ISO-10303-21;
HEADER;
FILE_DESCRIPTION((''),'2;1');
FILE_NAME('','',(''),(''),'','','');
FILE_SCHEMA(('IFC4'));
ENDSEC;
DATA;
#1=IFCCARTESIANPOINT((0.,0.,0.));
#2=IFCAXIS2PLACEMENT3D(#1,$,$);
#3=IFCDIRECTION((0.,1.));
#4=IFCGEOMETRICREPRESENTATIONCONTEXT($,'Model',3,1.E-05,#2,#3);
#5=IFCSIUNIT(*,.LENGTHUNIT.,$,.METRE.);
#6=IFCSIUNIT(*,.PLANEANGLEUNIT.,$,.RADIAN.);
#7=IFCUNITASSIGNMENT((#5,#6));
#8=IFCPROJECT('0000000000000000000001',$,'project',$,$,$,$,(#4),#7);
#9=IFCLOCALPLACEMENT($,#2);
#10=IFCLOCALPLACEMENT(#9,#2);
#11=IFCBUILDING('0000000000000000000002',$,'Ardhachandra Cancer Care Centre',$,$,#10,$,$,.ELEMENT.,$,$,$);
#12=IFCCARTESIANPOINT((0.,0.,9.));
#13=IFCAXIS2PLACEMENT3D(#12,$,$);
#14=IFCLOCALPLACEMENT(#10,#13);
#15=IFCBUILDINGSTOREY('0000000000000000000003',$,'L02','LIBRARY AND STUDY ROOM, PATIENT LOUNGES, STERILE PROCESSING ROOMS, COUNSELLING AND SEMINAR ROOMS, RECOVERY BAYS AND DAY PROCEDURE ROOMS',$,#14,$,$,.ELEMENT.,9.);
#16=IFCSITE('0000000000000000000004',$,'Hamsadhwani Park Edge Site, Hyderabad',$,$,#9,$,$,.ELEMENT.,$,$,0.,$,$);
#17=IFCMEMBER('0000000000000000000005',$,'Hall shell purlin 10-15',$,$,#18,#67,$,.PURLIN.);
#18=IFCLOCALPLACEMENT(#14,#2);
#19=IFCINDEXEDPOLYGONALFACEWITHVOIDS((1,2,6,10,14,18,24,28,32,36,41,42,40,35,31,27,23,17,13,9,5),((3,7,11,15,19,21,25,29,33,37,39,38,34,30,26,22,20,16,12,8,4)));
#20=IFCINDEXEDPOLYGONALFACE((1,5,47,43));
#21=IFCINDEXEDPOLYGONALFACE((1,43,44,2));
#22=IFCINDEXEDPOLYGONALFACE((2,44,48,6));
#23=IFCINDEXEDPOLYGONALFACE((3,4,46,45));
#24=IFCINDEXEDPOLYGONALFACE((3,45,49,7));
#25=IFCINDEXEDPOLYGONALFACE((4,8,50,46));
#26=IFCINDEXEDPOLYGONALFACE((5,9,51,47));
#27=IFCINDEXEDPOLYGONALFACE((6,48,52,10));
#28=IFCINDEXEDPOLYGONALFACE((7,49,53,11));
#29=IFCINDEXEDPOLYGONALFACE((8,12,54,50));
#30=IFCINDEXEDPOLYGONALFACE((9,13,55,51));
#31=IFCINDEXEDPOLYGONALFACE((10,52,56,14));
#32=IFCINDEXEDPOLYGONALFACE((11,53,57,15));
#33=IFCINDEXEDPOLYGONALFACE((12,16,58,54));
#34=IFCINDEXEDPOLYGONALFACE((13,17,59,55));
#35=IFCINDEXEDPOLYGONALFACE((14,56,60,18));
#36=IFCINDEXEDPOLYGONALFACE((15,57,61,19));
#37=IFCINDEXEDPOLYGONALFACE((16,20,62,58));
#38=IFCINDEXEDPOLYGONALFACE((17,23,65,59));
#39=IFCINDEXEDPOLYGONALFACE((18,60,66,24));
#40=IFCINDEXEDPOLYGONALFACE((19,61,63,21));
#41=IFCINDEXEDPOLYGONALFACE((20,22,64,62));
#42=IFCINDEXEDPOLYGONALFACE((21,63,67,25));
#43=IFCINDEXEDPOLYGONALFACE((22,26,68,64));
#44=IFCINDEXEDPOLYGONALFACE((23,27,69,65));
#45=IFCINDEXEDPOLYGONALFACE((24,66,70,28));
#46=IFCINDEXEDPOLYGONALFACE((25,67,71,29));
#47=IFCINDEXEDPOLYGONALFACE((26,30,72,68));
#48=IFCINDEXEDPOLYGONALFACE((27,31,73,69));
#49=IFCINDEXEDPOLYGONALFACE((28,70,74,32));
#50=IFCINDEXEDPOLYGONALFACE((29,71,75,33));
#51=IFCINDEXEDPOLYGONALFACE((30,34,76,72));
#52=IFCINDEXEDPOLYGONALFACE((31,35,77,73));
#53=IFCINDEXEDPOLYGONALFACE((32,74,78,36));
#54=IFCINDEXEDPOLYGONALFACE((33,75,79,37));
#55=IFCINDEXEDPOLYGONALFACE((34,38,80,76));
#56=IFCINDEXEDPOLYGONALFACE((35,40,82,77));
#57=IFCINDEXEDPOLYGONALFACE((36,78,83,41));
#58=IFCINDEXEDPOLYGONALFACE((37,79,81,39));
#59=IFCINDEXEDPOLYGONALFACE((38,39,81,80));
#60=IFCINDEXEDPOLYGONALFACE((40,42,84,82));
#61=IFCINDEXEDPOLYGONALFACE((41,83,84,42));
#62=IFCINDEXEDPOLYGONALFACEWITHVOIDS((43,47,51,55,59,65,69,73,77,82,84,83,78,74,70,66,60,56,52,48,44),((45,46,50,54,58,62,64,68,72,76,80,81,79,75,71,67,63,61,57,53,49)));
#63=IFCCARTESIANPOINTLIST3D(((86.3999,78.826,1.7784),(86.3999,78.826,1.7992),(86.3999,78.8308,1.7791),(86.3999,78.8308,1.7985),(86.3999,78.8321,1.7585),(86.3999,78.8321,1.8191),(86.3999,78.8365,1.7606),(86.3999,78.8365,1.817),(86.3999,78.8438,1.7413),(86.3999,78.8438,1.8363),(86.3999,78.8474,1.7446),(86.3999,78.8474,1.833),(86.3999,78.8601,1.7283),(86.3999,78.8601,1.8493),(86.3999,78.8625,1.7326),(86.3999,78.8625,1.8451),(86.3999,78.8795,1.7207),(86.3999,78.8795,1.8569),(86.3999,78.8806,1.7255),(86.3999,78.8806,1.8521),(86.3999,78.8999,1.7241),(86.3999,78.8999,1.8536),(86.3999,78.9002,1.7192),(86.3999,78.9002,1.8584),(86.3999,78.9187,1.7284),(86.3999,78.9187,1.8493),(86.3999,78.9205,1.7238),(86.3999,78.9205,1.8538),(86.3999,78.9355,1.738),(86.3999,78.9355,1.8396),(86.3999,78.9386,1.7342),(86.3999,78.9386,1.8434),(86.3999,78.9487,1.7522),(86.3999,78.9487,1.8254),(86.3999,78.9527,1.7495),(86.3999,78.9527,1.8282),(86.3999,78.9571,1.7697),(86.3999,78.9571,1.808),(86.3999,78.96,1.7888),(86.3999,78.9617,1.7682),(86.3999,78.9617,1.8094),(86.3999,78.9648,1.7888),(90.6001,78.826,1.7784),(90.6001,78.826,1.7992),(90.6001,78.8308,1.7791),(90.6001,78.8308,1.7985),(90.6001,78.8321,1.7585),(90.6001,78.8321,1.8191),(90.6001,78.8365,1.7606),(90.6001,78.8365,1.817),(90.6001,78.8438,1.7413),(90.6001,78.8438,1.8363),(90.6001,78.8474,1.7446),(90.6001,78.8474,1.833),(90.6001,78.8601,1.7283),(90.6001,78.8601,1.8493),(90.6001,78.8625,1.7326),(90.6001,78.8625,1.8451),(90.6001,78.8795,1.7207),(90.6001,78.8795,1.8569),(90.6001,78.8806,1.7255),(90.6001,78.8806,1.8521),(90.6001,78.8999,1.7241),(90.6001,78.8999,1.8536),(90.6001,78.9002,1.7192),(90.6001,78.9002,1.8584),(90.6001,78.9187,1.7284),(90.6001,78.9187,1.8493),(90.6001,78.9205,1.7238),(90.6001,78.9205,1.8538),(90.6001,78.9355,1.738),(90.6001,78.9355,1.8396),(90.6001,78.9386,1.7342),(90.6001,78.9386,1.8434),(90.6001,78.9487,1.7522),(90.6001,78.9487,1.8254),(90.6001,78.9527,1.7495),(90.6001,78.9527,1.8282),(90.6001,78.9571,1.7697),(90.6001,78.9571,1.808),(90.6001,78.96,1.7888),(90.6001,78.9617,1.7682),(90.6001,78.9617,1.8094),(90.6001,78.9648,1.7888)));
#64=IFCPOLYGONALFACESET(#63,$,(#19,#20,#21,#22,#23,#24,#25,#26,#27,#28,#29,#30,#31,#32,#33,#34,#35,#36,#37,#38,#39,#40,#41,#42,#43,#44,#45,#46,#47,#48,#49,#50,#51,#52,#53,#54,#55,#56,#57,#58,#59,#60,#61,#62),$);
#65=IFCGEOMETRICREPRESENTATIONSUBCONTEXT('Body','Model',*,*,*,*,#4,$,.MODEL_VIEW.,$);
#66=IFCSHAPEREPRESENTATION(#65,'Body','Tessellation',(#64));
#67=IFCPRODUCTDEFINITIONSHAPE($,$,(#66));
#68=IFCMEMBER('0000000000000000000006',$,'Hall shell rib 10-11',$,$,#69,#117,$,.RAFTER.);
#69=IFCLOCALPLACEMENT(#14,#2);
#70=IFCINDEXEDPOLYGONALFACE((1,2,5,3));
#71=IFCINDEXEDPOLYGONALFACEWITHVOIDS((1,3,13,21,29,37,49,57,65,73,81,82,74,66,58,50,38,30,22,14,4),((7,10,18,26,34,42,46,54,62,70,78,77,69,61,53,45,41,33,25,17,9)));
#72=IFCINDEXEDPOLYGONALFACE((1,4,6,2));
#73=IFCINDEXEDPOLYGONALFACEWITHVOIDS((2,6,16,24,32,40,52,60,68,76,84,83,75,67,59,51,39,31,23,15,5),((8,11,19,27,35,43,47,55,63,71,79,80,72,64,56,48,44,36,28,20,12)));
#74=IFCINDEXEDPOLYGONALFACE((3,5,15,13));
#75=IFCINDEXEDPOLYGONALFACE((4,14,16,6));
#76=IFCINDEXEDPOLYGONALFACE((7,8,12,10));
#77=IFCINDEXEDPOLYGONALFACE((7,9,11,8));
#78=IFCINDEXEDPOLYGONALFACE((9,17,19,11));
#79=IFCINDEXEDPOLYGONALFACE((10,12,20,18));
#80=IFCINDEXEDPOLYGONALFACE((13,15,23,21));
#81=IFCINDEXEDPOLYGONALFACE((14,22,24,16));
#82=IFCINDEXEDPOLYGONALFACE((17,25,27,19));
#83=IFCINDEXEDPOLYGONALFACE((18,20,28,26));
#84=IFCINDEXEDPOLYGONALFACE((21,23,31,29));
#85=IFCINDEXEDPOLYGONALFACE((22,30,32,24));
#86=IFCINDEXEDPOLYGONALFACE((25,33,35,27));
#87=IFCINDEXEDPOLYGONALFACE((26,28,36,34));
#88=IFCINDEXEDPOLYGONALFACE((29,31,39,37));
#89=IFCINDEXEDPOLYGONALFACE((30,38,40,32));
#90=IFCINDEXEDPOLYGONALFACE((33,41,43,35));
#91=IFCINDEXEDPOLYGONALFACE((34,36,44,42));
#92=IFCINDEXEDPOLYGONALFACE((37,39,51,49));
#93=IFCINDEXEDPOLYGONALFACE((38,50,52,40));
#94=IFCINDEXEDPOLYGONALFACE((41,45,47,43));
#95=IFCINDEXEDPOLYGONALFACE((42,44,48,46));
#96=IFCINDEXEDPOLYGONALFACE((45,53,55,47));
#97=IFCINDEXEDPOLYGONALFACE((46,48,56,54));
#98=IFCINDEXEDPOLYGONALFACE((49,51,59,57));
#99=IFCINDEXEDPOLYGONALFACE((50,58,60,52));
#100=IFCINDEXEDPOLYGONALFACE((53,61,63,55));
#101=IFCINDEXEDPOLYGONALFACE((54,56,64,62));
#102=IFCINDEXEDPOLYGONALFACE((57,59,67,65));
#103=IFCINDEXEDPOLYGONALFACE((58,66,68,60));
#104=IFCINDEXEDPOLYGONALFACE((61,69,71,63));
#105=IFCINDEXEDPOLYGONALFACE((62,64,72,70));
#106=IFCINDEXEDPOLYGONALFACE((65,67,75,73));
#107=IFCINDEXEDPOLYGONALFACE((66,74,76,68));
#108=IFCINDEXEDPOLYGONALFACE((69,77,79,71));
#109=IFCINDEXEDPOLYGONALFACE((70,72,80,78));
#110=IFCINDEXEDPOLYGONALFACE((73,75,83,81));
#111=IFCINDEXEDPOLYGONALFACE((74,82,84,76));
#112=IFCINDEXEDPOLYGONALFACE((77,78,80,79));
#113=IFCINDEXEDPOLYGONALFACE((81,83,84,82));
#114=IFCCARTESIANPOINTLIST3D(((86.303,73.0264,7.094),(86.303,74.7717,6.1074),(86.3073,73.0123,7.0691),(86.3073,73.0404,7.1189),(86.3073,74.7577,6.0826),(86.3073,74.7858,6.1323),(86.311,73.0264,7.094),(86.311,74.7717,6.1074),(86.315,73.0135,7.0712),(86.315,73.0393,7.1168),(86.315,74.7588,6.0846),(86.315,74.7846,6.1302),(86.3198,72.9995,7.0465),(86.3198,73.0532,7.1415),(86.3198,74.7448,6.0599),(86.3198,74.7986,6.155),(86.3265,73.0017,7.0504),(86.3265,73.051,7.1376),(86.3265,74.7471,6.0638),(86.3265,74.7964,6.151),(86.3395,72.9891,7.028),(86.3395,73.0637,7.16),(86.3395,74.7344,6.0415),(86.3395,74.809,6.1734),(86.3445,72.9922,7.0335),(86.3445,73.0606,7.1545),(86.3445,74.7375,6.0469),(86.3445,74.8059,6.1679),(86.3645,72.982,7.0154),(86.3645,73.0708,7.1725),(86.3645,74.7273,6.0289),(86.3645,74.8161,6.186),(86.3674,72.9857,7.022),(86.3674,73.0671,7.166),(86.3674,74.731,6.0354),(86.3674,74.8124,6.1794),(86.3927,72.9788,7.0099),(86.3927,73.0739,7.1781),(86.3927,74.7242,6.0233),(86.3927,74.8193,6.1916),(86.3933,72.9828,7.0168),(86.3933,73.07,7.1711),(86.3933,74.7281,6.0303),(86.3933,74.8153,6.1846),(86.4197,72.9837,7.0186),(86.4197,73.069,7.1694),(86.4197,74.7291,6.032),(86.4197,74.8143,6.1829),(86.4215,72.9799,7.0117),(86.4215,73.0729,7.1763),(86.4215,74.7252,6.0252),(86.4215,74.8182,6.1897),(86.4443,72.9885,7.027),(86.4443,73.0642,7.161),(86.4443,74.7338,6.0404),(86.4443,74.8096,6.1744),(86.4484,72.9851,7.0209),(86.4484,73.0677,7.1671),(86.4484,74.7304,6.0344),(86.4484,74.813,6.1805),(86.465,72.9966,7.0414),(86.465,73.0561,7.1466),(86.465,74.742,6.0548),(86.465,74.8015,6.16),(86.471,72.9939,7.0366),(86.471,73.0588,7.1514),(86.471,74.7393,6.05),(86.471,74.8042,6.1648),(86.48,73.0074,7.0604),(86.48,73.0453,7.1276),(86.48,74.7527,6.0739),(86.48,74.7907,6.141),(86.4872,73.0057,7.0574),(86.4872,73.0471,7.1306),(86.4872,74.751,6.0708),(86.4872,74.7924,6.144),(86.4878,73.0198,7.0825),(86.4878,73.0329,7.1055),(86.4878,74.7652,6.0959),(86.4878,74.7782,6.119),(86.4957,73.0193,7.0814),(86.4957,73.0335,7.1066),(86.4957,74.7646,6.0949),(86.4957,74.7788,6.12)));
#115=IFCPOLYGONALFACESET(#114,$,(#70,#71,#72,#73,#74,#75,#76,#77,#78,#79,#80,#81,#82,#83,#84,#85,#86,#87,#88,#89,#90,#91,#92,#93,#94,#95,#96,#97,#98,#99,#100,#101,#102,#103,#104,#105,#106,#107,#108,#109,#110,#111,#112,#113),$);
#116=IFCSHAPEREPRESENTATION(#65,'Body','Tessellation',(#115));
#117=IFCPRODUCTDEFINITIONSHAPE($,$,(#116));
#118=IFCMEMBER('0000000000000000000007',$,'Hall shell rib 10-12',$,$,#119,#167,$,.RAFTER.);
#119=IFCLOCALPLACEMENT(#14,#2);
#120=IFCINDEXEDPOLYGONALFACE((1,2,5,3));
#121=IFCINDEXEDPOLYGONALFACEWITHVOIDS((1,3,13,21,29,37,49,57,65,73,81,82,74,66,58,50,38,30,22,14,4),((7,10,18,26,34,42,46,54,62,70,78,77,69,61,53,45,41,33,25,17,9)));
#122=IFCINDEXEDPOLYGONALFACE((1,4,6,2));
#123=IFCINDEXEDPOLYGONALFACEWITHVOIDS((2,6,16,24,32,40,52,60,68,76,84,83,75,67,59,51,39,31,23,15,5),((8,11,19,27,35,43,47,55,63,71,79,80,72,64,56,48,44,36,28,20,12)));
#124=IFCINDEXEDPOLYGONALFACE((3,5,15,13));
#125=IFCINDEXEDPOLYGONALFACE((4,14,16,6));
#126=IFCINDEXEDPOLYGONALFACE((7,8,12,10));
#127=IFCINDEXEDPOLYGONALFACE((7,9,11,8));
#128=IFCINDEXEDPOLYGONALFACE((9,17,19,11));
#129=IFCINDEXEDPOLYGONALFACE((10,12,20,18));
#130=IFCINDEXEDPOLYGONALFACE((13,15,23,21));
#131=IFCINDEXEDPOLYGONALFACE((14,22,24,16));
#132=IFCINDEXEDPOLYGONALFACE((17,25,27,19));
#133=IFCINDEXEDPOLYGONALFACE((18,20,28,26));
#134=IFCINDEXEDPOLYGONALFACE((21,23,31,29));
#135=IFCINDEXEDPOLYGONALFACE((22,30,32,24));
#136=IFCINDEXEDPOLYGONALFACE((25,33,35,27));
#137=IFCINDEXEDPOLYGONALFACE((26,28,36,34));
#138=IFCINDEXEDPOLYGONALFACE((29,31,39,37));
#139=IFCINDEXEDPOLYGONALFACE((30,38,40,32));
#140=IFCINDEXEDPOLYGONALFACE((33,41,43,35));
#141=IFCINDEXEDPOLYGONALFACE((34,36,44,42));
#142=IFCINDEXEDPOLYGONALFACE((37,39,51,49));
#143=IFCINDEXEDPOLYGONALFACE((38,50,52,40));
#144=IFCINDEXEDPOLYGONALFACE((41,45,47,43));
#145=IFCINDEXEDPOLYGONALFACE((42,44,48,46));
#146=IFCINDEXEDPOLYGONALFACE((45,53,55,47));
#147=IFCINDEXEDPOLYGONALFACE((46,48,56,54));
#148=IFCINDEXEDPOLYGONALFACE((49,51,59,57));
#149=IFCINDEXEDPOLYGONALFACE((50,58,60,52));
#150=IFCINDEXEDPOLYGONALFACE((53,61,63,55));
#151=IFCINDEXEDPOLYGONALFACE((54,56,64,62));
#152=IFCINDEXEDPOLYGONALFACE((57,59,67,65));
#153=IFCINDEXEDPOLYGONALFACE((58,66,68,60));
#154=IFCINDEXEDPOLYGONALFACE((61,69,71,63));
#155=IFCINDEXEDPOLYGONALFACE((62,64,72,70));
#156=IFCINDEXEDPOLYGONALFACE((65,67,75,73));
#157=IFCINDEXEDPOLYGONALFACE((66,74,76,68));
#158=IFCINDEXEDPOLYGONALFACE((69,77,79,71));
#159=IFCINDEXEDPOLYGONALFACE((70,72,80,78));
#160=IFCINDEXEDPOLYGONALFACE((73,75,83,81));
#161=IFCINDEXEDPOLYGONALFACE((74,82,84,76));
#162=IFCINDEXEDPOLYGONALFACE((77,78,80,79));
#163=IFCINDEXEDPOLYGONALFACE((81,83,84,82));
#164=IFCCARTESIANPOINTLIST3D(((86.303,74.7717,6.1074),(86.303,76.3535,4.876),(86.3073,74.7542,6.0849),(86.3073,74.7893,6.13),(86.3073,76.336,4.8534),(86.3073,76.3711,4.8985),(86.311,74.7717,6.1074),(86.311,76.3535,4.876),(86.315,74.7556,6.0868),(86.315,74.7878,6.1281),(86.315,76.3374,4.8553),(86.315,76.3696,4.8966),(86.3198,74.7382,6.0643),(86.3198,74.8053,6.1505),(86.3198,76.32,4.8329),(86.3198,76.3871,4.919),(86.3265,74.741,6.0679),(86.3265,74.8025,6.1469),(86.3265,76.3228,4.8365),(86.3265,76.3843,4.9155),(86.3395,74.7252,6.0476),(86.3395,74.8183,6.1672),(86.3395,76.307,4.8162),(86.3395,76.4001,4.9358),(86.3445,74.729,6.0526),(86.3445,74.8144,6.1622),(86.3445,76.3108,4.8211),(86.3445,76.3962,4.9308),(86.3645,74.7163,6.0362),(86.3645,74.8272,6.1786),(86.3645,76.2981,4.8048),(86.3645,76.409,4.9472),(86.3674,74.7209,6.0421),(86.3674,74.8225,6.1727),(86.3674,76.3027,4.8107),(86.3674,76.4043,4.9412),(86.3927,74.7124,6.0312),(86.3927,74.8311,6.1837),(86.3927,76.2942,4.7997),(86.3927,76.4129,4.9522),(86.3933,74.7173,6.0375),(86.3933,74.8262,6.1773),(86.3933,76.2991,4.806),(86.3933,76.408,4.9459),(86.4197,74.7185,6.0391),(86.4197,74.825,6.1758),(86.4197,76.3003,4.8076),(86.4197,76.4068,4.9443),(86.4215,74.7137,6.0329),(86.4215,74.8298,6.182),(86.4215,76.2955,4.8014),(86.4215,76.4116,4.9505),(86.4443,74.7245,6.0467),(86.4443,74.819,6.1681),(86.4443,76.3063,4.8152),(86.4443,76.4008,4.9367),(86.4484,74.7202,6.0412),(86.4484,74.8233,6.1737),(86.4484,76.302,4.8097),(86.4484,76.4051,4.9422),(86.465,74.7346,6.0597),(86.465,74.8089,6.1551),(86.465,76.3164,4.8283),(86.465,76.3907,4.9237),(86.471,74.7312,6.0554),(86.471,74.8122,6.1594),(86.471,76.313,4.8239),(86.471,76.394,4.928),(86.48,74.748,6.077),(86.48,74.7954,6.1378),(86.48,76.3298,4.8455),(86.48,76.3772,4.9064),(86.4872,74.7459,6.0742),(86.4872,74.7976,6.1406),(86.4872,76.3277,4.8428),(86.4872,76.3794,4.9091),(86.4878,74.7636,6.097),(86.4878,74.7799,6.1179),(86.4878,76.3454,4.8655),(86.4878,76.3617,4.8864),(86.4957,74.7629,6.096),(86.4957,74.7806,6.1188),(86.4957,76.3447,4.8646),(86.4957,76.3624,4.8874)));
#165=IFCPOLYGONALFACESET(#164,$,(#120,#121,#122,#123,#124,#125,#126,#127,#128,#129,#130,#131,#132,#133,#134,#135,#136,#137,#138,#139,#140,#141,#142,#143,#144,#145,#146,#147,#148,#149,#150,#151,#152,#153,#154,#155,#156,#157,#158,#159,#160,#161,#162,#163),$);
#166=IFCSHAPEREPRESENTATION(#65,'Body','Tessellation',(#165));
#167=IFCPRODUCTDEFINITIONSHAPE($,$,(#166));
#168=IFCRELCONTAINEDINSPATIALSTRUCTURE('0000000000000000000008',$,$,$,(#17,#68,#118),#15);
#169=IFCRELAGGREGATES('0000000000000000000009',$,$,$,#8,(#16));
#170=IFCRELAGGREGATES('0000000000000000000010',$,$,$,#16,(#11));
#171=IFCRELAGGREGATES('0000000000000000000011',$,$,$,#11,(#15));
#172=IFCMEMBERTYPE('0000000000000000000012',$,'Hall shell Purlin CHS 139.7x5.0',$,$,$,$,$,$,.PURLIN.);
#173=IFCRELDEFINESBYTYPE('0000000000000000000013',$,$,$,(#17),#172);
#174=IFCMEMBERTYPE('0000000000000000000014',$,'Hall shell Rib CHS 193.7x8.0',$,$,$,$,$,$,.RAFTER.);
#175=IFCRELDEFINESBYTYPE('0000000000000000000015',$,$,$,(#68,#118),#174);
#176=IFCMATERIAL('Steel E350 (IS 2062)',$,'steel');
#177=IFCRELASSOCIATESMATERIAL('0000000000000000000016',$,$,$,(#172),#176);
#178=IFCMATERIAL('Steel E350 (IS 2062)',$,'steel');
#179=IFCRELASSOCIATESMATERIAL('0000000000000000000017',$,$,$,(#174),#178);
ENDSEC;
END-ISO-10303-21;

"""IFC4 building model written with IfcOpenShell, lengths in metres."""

from ifc_helpers import new_model, si_unit, direction, frame, origin, origin_2d, place, context, subcontext, project, spatial, hollow_circle, extrude, material, material_profile, profile_set, type_object, element, save


model = new_model("IFC4")

# Units and contexts
model_context = context("Model", 3, precision=1e-05, world=origin(), true_north=direction((0.0, 1.0)))
body_context = subcontext(model_context, "Body", "Model", "MODEL_VIEW")
ifc_project = project(units=[si_unit("LENGTHUNIT", "METRE"), si_unit("PLANEANGLEUNIT", "RADIAN")], contexts=[model_context])

# Site, building, storey
site_placement = place(None, origin())
site = spatial("IfcSite", under=ifc_project, at=site_placement, Name="Hamsadhwani Park Edge Site, Hyderabad", CompositionType="ELEMENT", RefElevation=0.0)
building_placement = place(site_placement, origin())
building = spatial("IfcBuilding", under=site, at=building_placement, Name="Ardhachandra Cancer Care Centre", CompositionType="ELEMENT")
storey_placement = place(building_placement, frame((0.0, 0.0, 9.0)))
storey = spatial("IfcBuildingStorey", under=building, at=storey_placement, Name="L02", Description="LIBRARY AND STUDY ROOM, PATIENT LOUNGES, STERILE PROCESSING ROOMS, COUNSELLING AND SEMINAR ROOMS, RECOVERY BAYS AND DAY PROCEDURE ROOMS", CompositionType="ELEMENT", Elevation=9.0)

# Members
ifc_material_1 = material(Name="Steel E350 (IS 2062)", Category="steel")
ifc_material_profile_1 = material_profile(ifc_material_1, hollow_circle(Radius=0.0698, WallThickness=0.0049, at=origin_2d()), Name="CHS 139.7x5.0")
ifc_profile_set_1 = profile_set([ifc_material_profile_1], Name="Steel E350 (IS 2062)")
member_type_1 = type_object("IfcMemberType", Name="Hall shell Purlin CHS 139.7x5.0", PredefinedType="PURLIN", material=ifc_profile_set_1)
for number, where, z_axis, x_axis, name in (
    (1, (86.3999, 78.895, 1.7888), (1.0, 0.0, 0.0), (0.0, 1.0, 0.0), "Hall shell purlin 10-15"),
):
    element("IfcMember", number, at=place(storey_placement, frame(where, z_axis=z_axis, x_axis=x_axis)), inside=storey, type_object=member_type_1, Name=name, PredefinedType="PURLIN", context=body_context, shape_type="SweptSolid", body=[
        extrude(hollow_circle(Radius=0.0698, WallThickness=0.0049, at=origin_2d()), origin(), (0.0, 0.0, 1.0), 4.2002),
    ])
ifc_material_2 = material(Name="Steel E350 (IS 2062)", Category="steel")
ifc_material_profile_2 = material_profile(ifc_material_2, hollow_circle(Radius=0.0969, WallThickness=0.0081, at=origin_2d()), Name="CHS 193.7x8.0")
ifc_profile_set_2 = profile_set([ifc_material_profile_2], Name="Steel E350 (IS 2062)")
member_type_2 = type_object("IfcMemberType", Name="Hall shell Rib CHS 193.7x8.0", PredefinedType="RAFTER", material=ifc_profile_set_2)
member_1_placement = place(storey_placement, frame((86.3999, 73.0264, 7.094), z_axis=(0.0, 0.870549, -0.492081), x_axis=(-1.0, 0.0, 0.0)))
element("IfcMember", 2, at=member_1_placement, inside=storey, type_object=member_type_2, Name="Hall shell rib 10-11", PredefinedType="RAFTER", context=body_context, shape_type="SweptSolid", body=[
    extrude(hollow_circle(Radius=0.0969, WallThickness=0.0081, at=origin_2d()), origin(), (0.0, 0.0, 1.0), 2.0049),
])
member_2_placement = place(storey_placement, frame((86.3999, 74.7717, 6.1074), z_axis=(0.0, 0.78907, -0.614303), x_axis=(-1.0, 0.0, 0.0)))
element("IfcMember", 3, at=member_2_placement, inside=storey, type_object=member_type_2, Name="Hall shell rib 10-12", PredefinedType="RAFTER", context=body_context, shape_type="SweptSolid", body=[
    extrude(hollow_circle(Radius=0.0969, WallThickness=0.0081, at=origin_2d()), origin(), (0.0, 0.0, 1.0), 2.0046),
])

save(model, "model.ifc")
